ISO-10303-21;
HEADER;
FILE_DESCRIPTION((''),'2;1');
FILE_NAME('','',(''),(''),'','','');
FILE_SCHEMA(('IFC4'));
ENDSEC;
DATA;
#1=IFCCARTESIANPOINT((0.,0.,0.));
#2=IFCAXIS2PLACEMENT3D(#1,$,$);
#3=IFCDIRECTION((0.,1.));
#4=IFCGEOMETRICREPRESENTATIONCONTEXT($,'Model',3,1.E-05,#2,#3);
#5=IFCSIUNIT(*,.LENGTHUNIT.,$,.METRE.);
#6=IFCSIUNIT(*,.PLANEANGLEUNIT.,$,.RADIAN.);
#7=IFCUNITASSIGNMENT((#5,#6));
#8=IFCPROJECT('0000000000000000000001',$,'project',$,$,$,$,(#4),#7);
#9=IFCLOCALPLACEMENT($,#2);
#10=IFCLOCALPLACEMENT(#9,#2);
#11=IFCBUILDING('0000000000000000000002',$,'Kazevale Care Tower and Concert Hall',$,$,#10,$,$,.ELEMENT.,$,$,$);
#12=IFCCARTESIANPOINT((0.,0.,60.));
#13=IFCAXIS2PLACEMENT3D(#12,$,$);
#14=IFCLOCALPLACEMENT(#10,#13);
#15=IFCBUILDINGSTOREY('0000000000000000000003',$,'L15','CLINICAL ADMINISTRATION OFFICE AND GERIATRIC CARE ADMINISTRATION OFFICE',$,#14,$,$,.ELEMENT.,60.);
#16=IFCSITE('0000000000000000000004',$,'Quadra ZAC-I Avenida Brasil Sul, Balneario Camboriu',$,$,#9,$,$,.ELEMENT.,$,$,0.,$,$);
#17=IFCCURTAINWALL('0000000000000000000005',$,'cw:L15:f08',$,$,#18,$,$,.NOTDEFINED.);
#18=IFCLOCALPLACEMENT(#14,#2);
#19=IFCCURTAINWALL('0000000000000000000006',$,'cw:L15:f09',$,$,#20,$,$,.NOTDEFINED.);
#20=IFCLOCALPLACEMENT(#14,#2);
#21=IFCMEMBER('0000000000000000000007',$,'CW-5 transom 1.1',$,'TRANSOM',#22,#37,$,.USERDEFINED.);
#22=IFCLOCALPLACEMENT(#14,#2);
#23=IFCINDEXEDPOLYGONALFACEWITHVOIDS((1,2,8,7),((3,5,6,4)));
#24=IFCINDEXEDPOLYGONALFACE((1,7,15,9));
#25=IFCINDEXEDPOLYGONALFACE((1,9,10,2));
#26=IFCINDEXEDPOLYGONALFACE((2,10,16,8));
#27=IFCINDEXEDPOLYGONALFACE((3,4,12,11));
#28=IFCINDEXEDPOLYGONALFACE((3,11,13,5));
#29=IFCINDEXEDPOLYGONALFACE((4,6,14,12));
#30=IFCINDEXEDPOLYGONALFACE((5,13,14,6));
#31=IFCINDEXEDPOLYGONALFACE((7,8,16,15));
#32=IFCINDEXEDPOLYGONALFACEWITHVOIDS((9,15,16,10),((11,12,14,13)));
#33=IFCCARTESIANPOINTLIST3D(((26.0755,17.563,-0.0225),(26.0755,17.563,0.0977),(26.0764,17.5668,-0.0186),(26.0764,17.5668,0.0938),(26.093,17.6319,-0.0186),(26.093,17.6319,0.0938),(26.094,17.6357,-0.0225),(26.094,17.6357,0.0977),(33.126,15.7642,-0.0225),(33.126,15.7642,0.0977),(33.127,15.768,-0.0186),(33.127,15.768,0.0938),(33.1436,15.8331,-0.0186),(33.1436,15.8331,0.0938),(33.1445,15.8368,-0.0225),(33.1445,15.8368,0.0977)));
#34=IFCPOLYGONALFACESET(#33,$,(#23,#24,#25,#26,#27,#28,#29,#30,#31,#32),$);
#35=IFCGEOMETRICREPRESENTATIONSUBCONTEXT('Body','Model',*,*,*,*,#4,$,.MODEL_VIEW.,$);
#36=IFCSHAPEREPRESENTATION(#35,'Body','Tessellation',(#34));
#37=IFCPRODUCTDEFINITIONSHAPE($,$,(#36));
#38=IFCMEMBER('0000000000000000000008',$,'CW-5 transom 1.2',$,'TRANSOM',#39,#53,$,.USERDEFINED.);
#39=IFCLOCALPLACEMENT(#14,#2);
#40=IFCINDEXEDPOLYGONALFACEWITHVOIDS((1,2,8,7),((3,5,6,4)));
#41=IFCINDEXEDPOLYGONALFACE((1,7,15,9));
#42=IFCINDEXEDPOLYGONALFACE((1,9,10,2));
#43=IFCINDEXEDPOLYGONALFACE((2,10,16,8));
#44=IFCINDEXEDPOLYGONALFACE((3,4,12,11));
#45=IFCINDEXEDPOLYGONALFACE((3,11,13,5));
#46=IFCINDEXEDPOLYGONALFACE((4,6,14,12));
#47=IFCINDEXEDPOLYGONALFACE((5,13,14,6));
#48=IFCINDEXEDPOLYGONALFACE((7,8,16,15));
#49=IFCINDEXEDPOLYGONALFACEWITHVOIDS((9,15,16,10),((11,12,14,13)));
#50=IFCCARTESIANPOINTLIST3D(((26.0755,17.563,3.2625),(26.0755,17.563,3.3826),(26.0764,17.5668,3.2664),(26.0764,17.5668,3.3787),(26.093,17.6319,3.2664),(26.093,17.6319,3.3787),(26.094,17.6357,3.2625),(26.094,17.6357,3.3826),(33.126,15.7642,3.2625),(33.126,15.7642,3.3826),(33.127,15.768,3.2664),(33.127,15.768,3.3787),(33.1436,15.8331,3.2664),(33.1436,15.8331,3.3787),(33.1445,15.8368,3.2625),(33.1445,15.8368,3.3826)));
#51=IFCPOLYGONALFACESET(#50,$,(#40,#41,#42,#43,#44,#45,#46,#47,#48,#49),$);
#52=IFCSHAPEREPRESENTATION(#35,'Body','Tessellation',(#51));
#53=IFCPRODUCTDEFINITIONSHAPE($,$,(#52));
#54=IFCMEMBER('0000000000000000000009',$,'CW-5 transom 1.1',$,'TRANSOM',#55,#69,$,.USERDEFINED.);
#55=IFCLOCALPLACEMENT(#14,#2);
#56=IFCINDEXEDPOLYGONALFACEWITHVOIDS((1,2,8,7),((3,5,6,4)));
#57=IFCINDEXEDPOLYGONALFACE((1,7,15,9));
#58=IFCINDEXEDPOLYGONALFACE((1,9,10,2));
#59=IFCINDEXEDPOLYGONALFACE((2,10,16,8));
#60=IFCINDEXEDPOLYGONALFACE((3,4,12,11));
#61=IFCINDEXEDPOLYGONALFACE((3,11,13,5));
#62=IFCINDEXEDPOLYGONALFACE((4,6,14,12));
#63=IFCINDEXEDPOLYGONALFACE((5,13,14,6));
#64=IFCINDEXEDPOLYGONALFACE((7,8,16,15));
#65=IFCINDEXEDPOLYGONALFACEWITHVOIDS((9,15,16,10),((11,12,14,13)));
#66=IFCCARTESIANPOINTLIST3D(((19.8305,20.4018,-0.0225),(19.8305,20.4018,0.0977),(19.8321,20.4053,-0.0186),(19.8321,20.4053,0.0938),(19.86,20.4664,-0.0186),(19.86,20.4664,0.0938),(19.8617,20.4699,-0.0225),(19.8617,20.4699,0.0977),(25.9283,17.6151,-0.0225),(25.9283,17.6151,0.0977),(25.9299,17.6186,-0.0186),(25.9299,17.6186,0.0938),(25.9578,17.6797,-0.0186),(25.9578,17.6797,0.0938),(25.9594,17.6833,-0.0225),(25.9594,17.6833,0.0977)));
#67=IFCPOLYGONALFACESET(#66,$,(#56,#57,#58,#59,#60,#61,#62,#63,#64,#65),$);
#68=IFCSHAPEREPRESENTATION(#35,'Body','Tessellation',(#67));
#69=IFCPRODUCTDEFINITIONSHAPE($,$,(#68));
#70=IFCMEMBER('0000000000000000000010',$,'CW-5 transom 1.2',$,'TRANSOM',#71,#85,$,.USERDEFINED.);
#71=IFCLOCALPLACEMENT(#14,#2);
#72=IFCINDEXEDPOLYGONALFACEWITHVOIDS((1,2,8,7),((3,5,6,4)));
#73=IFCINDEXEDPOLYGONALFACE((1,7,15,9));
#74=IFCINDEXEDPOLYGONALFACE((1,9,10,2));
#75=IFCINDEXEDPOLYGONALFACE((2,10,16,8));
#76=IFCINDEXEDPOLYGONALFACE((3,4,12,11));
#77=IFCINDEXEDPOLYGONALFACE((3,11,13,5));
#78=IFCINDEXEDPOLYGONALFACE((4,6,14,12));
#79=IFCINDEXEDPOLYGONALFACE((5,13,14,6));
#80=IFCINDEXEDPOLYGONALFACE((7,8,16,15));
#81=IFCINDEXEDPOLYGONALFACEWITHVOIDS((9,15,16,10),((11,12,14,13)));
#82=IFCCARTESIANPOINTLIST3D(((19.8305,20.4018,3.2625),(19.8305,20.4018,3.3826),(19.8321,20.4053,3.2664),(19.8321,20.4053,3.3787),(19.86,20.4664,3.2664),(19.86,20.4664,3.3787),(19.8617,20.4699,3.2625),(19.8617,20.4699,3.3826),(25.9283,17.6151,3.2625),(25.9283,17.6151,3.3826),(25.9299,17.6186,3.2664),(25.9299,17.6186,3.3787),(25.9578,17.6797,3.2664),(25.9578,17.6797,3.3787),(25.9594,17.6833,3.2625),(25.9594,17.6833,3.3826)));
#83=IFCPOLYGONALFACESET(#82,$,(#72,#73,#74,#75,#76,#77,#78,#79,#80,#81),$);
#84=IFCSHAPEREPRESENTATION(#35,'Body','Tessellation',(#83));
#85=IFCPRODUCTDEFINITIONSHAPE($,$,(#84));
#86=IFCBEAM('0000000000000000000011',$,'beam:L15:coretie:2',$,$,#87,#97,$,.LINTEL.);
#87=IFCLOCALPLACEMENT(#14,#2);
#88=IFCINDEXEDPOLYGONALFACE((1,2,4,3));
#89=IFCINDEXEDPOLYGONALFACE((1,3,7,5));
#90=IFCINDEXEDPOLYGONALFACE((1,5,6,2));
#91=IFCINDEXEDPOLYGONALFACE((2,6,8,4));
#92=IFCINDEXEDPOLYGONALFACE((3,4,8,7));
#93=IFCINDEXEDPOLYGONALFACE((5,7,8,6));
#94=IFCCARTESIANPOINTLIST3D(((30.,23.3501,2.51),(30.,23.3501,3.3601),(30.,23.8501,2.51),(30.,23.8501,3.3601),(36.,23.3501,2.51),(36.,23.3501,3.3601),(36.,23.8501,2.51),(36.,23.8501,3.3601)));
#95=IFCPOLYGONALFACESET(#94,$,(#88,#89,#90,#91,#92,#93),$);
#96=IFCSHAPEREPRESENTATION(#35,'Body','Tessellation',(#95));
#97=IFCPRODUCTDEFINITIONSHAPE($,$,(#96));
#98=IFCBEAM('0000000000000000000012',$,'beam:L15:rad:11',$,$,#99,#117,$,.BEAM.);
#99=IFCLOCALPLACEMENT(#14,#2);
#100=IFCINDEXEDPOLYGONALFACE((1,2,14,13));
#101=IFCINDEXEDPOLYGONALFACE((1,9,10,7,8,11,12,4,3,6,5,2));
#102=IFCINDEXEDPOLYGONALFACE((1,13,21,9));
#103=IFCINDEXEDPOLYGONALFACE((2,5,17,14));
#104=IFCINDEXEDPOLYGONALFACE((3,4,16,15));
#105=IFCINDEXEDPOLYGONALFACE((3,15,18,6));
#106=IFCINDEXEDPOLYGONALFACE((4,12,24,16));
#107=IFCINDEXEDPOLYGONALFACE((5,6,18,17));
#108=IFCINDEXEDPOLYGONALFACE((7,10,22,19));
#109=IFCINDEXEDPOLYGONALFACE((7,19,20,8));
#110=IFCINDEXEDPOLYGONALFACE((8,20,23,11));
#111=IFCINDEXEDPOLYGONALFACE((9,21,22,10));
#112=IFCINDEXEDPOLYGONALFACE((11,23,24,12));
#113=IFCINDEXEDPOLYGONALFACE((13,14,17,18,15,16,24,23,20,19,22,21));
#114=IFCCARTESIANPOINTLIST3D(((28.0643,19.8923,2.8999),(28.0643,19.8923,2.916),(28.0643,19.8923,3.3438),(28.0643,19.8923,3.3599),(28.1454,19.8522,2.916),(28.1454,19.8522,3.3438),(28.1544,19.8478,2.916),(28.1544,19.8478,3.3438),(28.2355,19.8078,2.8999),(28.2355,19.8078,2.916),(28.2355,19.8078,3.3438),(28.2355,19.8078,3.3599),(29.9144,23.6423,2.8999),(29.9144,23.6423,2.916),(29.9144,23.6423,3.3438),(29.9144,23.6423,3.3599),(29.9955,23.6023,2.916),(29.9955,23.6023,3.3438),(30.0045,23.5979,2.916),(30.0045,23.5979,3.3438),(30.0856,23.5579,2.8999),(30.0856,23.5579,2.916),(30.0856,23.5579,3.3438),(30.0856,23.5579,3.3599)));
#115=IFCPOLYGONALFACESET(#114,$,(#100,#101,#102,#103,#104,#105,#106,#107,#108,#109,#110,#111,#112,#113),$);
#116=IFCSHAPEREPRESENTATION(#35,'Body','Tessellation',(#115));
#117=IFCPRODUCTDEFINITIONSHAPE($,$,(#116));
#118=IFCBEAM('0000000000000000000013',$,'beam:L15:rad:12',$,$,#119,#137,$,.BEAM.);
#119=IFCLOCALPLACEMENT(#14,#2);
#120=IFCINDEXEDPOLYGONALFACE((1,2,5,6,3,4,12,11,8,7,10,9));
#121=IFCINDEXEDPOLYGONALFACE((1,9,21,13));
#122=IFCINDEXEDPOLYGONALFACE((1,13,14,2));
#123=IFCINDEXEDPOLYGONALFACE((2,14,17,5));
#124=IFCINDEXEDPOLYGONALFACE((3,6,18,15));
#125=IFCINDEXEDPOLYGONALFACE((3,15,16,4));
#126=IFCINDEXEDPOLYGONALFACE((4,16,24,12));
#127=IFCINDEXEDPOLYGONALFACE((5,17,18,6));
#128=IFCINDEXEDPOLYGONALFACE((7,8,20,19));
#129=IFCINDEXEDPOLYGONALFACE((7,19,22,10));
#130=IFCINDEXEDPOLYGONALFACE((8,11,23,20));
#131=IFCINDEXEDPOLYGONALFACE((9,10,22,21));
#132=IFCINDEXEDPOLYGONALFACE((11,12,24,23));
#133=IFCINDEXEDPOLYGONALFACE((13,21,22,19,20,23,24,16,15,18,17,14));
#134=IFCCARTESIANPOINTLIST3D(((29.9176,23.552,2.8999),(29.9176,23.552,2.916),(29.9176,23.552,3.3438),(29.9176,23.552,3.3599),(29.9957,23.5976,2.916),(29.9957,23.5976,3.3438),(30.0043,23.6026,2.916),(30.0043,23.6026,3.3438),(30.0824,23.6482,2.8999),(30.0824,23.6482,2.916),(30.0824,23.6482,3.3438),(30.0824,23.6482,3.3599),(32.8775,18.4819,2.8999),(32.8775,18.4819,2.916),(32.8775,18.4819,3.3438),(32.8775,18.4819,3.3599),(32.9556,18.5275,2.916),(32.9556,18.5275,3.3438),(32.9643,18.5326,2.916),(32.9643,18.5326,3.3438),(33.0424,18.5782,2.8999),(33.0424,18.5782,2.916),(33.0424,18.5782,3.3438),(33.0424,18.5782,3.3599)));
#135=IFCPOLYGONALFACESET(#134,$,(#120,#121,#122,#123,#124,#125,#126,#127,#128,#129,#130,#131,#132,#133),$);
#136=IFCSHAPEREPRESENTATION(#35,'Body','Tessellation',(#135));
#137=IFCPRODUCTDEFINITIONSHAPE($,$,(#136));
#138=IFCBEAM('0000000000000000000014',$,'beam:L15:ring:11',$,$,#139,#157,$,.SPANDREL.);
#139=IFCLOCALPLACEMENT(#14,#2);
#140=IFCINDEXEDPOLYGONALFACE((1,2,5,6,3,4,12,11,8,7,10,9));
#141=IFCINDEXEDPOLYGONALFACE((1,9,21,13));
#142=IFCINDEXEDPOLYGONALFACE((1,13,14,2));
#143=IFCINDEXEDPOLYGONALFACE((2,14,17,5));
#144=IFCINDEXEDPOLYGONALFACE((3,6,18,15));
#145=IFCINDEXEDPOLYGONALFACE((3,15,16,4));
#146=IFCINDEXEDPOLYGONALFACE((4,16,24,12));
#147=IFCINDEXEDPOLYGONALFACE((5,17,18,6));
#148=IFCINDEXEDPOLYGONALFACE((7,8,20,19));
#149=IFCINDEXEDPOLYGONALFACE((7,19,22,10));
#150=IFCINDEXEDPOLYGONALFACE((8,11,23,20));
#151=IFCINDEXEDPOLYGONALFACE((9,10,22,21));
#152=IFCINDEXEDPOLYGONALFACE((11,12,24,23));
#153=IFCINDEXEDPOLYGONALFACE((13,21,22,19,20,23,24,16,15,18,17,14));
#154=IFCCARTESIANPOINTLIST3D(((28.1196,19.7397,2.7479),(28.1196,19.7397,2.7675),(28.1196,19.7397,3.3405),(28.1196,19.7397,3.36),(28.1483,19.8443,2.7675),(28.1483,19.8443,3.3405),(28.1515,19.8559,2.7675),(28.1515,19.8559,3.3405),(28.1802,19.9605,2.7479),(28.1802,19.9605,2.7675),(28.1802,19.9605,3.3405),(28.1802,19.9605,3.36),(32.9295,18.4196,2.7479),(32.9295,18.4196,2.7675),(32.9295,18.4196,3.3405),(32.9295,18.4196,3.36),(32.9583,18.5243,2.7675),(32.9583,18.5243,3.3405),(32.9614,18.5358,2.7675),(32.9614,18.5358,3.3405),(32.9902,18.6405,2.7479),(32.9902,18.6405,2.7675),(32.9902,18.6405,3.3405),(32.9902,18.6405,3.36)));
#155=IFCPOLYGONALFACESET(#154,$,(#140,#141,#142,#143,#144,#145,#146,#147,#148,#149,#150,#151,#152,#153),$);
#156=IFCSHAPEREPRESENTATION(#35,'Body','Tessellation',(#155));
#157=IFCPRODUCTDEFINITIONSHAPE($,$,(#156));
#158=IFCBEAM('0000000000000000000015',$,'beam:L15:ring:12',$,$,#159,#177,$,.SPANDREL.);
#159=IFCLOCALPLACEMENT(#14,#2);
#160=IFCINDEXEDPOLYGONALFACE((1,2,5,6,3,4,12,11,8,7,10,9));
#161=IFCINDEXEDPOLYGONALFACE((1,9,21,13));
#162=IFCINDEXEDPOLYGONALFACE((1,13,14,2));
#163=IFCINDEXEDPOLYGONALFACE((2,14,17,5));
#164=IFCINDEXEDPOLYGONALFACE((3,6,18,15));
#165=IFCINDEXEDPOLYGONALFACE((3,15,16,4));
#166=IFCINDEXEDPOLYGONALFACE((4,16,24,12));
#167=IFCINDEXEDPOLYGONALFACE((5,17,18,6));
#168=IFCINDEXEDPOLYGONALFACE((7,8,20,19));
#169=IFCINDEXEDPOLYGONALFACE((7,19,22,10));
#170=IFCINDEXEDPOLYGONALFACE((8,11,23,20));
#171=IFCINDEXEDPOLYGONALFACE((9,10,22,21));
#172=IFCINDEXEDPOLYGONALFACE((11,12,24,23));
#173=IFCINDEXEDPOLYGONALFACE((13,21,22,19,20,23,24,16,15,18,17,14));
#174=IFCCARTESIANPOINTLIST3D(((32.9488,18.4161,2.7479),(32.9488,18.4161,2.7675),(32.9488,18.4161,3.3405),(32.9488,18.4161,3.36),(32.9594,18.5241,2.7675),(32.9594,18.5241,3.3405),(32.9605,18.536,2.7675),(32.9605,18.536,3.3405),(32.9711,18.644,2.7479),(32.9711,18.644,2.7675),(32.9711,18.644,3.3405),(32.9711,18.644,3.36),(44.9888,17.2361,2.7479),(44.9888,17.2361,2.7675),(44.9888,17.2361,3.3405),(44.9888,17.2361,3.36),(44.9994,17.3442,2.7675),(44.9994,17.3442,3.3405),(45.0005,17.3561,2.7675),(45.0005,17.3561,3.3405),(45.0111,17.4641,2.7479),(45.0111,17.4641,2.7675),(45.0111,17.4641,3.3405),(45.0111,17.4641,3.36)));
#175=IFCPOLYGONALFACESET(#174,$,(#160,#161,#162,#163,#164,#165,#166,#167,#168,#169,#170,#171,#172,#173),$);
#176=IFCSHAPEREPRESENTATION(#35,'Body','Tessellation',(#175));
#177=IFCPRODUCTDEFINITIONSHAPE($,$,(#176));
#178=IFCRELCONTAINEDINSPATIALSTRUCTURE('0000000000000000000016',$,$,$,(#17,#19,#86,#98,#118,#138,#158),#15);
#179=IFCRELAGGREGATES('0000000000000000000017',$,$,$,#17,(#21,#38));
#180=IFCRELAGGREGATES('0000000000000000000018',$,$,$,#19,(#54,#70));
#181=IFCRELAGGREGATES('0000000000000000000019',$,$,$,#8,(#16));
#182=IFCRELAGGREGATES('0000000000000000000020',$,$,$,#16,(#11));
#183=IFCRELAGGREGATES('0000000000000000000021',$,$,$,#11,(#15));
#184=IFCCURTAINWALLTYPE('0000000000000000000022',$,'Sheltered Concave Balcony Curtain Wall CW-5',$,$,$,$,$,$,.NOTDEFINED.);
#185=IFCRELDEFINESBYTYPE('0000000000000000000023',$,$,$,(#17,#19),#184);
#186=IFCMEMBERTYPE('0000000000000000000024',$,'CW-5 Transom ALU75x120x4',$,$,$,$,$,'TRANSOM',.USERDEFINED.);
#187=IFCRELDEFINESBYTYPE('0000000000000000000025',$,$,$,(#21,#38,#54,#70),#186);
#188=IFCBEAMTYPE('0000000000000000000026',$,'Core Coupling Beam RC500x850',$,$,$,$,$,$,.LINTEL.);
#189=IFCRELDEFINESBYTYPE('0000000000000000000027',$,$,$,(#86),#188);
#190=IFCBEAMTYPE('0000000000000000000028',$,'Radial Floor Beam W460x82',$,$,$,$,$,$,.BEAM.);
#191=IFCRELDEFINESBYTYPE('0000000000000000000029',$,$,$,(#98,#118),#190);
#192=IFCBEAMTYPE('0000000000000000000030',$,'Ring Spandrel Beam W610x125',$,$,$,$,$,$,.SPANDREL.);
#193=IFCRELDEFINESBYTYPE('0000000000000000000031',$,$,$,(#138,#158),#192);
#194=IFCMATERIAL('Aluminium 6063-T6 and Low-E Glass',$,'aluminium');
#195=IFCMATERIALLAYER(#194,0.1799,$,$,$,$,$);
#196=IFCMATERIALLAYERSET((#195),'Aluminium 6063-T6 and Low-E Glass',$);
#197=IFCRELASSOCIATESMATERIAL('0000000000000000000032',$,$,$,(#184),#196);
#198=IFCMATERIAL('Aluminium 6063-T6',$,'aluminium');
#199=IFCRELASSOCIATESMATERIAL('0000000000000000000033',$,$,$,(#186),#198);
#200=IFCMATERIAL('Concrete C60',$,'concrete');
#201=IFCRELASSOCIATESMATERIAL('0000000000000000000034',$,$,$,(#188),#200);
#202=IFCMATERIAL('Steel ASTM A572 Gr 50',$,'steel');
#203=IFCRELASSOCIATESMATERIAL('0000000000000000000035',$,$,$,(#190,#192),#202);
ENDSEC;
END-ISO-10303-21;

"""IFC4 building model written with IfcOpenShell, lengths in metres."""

from ifc_helpers import new_model, si_unit, direction, frame, origin, origin_2d, place, context, subcontext, project, spatial, rectangle, hollow_rectangle, i_section, extrude, material, layer, layer_set, material_profile, profile_set, type_object, element, aggregate, save


model = new_model("IFC4")

# Units and contexts
model_context = context("Model", 3, precision=1e-05, world=origin(), true_north=direction((0.0, 1.0)))
body_context = subcontext(model_context, "Body", "Model", "MODEL_VIEW")
ifc_project = project(units=[si_unit("LENGTHUNIT", "METRE"), si_unit("PLANEANGLEUNIT", "RADIAN")], contexts=[model_context])

# Site, building, storey
site_placement = place(None, origin())
site = spatial("IfcSite", under=ifc_project, at=site_placement, Name="Quadra ZAC-I Avenida Brasil Sul, Balneario Camboriu", CompositionType="ELEMENT", RefElevation=0.0)
building_placement = place(site_placement, origin())
building = spatial("IfcBuilding", under=site, at=building_placement, Name="Kazevale Care Tower and Concert Hall", CompositionType="ELEMENT")
storey_placement = place(building_placement, frame((0.0, 0.0, 60.0)))
storey = spatial("IfcBuildingStorey", under=building, at=storey_placement, Name="L15", Description="CLINICAL ADMINISTRATION OFFICE AND GERIATRIC CARE ADMINISTRATION OFFICE", CompositionType="ELEMENT", Elevation=60.0)

# Shared definitions
ifc_material_1 = material(Name="Aluminium 6063-T6 and Low-E Glass", Category="aluminium")
ifc_layer_1 = layer(ifc_material_1, 0.1799)
ifc_layer_set_1 = layer_set([ifc_layer_1], Name="Aluminium 6063-T6 and Low-E Glass")
curtain_wall_type = type_object("IfcCurtainWallType", Name="Sheltered Concave Balcony Curtain Wall CW-5", PredefinedType="NOTDEFINED", material=ifc_layer_set_1)
ifc_material_2 = material(Name="Aluminium 6063-T6", Category="aluminium")

# Curtain wall
curtain_wall_1_placement = place(storey_placement, origin())
curtain_wall_1 = element("IfcCurtainWall", 1, at=curtain_wall_1_placement, inside=storey, type_object=curtain_wall_type, Name="cw:L15:f08", PredefinedType="NOTDEFINED")

# Curtain wall
curtain_wall_2_placement = place(storey_placement, origin())
curtain_wall_2 = element("IfcCurtainWall", 2, at=curtain_wall_2_placement, inside=storey, type_object=curtain_wall_type, Name="cw:L15:f09", PredefinedType="NOTDEFINED")

# Members
ifc_material_profile_1 = material_profile(ifc_material_2, hollow_rectangle(XDim=0.075, YDim=0.1201, WallThickness=0.0039, at=origin_2d()), Name="ALU75x120x4")
ifc_profile_set_1 = profile_set([ifc_material_profile_1], Name="Aluminium 6063-T6")
member_type_1 = type_object("IfcMemberType", Name="CW-5 Transom ALU75x120x4", ElementType="TRANSOM", PredefinedType="USERDEFINED", material=ifc_profile_set_1)
member_1_placement = place(storey_placement, frame((33.1353, 15.8005, 0.0376), z_axis=(-0.968961, 0.247214, 0.0), x_axis=(-0.247214, -0.968961, 0.0)))
member_1 = element("IfcMember", 3, at=member_1_placement, type_object=member_type_1, Name="CW-5 transom 1.1", ObjectType="TRANSOM", PredefinedType="USERDEFINED", context=body_context, shape_type="SweptSolid", body=[
    extrude(hollow_rectangle(XDim=0.075, YDim=0.1201, WallThickness=0.0039, at=origin_2d()), origin(), (0.0, 0.0, 1.0), 7.2764),
])
member_2_placement = place(storey_placement, frame((33.1353, 15.8005, 3.3225), z_axis=(-0.968961, 0.247214, 0.0), x_axis=(-0.247214, -0.968961, 0.0)))
member_2 = element("IfcMember", 4, at=member_2_placement, type_object=member_type_1, Name="CW-5 transom 1.2", ObjectType="TRANSOM", PredefinedType="USERDEFINED", context=body_context, shape_type="SweptSolid", body=[
    extrude(hollow_rectangle(XDim=0.075, YDim=0.1201, WallThickness=0.0039, at=origin_2d()), origin(), (0.0, 0.0, 1.0), 7.2764),
])
member_3_placement = place(storey_placement, frame((25.9438, 17.6492, 0.0376), z_axis=(-0.909524, 0.415651, 0.0), x_axis=(-0.415651, -0.909524, 0.0)))
member_3 = element("IfcMember", 5, at=member_3_placement, type_object=member_type_1, Name="CW-5 transom 1.1", ObjectType="TRANSOM", PredefinedType="USERDEFINED", context=body_context, shape_type="SweptSolid", body=[
    extrude(hollow_rectangle(XDim=0.075, YDim=0.1201, WallThickness=0.0039, at=origin_2d()), origin(), (0.0, 0.0, 1.0), 6.7043),
])
member_4_placement = place(storey_placement, frame((25.9438, 17.6492, 3.3225), z_axis=(-0.909524, 0.415651, 0.0), x_axis=(-0.415651, -0.909524, 0.0)))
member_4 = element("IfcMember", 6, at=member_4_placement, type_object=member_type_1, Name="CW-5 transom 1.2", ObjectType="TRANSOM", PredefinedType="USERDEFINED", context=body_context, shape_type="SweptSolid", body=[
    extrude(hollow_rectangle(XDim=0.075, YDim=0.1201, WallThickness=0.0039, at=origin_2d()), origin(), (0.0, 0.0, 1.0), 6.7043),
])

# Beams
ifc_material_3 = material(Name="Concrete C60", Category="concrete")
ifc_material_profile_2 = material_profile(ifc_material_3, rectangle(XDim=0.5, YDim=0.8501, at=origin_2d()), Name="RC-B500x850")
ifc_profile_set_2 = profile_set([ifc_material_profile_2], Name="Concrete C60")
beam_type_1 = type_object("IfcBeamType", Name="Core Coupling Beam RC500x850", PredefinedType="LINTEL", material=ifc_profile_set_2)
beam_1_placement = place(storey_placement, frame((30.0, 23.6001, 2.9351), z_axis=(1.0, 0.0, 0.0), x_axis=(0.0, 1.0, 0.0)))
element("IfcBeam", 7, at=beam_1_placement, inside=storey, type_object=beam_type_1, Name="beam:L15:coretie:2", PredefinedType="LINTEL", context=body_context, shape_type="SweptSolid", body=[
    extrude(rectangle(XDim=0.5, YDim=0.8501, at=origin_2d()), origin(), (0.0, 0.0, 1.0), 6.0),
])
ifc_material_4 = material(Name="Steel ASTM A572 Gr 50", Category="steel")
ifc_material_profile_3 = material_profile(ifc_material_4, i_section(OverallWidth=0.1909, OverallDepth=0.46, WebThickness=0.01, FlangeThickness=0.0161, at=origin_2d()), Name="W460x82")
ifc_profile_set_3 = profile_set([ifc_material_profile_3], Name="Steel ASTM A572 Gr 50")
beam_type_2 = type_object("IfcBeamType", Name="Radial Floor Beam W460x82", PredefinedType="BEAM", material=ifc_profile_set_3)
beam_2_placement = place(storey_placement, frame((30.0, 23.6001, 3.1299), z_axis=(-0.442443, -0.896797, 0.0), x_axis=(0.896797, -0.442443, 0.0)))
element("IfcBeam", 8, at=beam_2_placement, inside=storey, type_object=beam_type_2, Name="beam:L15:rad:11", PredefinedType="BEAM", context=body_context, shape_type="SweptSolid", body=[
    extrude(i_section(OverallWidth=0.1909, OverallDepth=0.46, WebThickness=0.01, FlangeThickness=0.0161, at=origin_2d()), origin(), (0.0, 0.0, 1.0), 4.1816),
])
beam_3_placement = place(storey_placement, frame((30.0, 23.6001, 3.1299), z_axis=(0.504179, -0.863599, 0.0), x_axis=(0.863599, 0.504179, 0.0)))
element("IfcBeam", 9, at=beam_3_placement, inside=storey, type_object=beam_type_2, Name="beam:L15:rad:12", PredefinedType="BEAM", context=body_context, shape_type="SweptSolid", body=[
    extrude(i_section(OverallWidth=0.1909, OverallDepth=0.46, WebThickness=0.01, FlangeThickness=0.0161, at=origin_2d()), origin(), (0.0, 0.0, 1.0), 5.8708),
])
ifc_material_profile_4 = material_profile(ifc_material_4, i_section(OverallWidth=0.229, OverallDepth=0.6121, WebThickness=0.012, FlangeThickness=0.0195, at=origin_2d()), Name="W610x125")
ifc_profile_set_4 = profile_set([ifc_material_profile_4], Name="Steel ASTM A572 Gr 50")
beam_type_3 = type_object("IfcBeamType", Name="Ring Spandrel Beam W610x125", PredefinedType="SPANDREL", material=ifc_profile_set_4)
beam_4_placement = place(storey_placement, frame((28.1499, 19.8501, 3.054), z_axis=(0.964344, -0.264654, 0.0), x_axis=(0.264654, 0.964344, 0.0)))
element("IfcBeam", 10, at=beam_4_placement, inside=storey, type_object=beam_type_3, Name="beam:L15:ring:11", PredefinedType="SPANDREL", context=body_context, shape_type="SweptSolid", body=[
    extrude(i_section(OverallWidth=0.229, OverallDepth=0.6121, WebThickness=0.012, FlangeThickness=0.0195, at=origin_2d()), origin(), (0.0, 0.0, 1.0), 4.9878),
])
beam_5_placement = place(storey_placement, frame((32.96, 18.53, 3.054), z_axis=(0.995232, -0.097533, 0.0), x_axis=(0.097533, 0.995232, 0.0)))
element("IfcBeam", 11, at=beam_5_placement, inside=storey, type_object=beam_type_3, Name="beam:L15:ring:12", PredefinedType="SPANDREL", context=body_context, shape_type="SweptSolid", body=[
    extrude(i_section(OverallWidth=0.229, OverallDepth=0.6121, WebThickness=0.012, FlangeThickness=0.0195, at=origin_2d()), origin(), (0.0, 0.0, 1.0), 12.0977),
])

aggregate(curtain_wall_1, [member_1, member_2])
aggregate(curtain_wall_2, [member_3, member_4])

save(model, "model.ifc")
